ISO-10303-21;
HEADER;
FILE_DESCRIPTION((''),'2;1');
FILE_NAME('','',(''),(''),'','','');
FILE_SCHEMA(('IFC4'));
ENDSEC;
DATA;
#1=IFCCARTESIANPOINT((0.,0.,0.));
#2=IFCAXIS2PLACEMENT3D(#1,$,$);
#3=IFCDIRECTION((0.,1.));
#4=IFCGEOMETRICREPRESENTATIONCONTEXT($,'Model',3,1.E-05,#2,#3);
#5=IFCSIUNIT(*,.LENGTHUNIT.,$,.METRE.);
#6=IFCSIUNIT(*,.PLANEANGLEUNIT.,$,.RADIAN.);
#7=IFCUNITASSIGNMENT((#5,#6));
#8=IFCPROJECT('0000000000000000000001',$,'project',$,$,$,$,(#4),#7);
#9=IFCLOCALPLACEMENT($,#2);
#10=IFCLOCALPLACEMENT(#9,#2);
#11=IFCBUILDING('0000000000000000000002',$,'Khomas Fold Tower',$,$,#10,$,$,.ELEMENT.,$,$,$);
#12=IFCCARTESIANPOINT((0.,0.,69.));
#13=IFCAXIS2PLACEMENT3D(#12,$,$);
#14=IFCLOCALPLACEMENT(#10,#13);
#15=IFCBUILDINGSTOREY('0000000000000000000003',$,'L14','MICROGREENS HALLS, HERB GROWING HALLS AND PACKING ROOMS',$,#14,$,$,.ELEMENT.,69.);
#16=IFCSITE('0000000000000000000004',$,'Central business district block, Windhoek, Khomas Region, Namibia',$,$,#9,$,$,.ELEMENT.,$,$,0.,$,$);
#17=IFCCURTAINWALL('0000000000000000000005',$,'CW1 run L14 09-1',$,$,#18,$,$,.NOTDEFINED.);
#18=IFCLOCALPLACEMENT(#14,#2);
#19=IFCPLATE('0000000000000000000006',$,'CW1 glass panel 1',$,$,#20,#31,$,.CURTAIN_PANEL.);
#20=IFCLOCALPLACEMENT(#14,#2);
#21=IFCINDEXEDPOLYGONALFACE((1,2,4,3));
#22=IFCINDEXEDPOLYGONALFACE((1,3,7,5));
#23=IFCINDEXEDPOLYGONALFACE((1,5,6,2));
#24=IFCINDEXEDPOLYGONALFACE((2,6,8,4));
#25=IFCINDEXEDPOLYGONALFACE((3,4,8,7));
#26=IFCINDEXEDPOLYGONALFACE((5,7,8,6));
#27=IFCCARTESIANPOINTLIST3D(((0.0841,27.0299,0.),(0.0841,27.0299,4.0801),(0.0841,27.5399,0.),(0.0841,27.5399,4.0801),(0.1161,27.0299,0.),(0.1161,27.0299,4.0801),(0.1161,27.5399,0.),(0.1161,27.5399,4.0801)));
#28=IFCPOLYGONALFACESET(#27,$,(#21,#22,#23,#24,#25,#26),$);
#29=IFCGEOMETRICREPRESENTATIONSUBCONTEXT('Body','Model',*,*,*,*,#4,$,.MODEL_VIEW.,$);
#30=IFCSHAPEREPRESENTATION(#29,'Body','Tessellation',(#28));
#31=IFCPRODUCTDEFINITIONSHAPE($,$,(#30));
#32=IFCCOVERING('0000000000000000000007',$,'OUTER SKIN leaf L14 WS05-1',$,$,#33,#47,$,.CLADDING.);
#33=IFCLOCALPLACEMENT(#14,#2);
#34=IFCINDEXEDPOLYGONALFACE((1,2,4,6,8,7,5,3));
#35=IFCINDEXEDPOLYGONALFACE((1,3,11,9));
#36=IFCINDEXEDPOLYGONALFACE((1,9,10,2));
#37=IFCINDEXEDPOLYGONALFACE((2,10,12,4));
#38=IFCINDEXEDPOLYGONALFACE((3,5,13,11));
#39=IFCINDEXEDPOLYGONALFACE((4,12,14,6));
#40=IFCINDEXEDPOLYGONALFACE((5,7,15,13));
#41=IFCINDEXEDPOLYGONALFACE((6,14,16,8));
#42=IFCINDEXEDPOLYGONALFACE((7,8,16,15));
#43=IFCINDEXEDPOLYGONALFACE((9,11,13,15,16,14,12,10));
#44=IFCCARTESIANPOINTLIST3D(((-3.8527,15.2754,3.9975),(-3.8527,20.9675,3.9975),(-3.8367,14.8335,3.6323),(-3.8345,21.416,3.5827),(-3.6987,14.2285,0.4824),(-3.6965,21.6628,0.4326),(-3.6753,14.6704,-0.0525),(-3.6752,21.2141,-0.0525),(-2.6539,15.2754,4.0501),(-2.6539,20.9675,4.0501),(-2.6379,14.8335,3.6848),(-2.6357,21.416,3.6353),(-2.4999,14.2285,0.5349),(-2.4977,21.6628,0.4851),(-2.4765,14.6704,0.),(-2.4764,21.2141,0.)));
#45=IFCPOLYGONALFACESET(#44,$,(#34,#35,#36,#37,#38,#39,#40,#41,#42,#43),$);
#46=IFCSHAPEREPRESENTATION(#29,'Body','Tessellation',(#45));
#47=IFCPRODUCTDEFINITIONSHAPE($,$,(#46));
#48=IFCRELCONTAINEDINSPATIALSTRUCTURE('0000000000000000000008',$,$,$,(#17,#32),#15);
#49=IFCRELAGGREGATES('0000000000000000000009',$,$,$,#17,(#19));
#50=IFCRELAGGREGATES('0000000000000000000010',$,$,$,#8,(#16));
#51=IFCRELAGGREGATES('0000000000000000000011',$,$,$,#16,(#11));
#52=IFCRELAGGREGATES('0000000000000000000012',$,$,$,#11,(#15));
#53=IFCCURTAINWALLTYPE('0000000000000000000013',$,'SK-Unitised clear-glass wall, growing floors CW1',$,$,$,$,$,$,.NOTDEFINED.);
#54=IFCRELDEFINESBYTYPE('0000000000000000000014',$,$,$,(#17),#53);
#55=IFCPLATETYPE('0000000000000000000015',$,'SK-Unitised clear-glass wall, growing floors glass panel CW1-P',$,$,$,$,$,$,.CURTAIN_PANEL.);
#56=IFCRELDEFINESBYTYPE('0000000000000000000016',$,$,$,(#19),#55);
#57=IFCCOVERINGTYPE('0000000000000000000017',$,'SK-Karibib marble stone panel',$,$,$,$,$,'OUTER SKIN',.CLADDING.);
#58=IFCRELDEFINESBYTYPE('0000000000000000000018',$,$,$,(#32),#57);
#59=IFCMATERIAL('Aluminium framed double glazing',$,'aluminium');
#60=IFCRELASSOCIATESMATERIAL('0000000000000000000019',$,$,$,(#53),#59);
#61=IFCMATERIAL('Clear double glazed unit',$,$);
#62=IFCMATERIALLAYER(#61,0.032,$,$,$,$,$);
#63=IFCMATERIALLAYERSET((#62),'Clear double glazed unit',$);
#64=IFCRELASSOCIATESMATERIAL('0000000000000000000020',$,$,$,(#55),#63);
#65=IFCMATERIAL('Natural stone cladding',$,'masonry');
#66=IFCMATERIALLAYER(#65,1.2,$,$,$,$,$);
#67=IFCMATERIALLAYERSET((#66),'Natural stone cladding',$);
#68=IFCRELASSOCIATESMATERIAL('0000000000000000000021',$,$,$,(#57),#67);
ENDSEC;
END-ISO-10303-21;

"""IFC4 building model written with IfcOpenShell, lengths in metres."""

from ifc_helpers import new_model, si_unit, direction, frame, origin, origin_2d, place, context, subcontext, project, spatial, polyline, rectangle, outline, extrude, source, transform, mapped, material, layer, layer_set, type_object, element, aggregate, save


model = new_model("IFC4")

# Units and contexts
model_context = context("Model", 3, precision=1e-05, world=origin(), true_north=direction((0.0, 1.0)))
body_context = subcontext(model_context, "Body", "Model", "MODEL_VIEW")
ifc_project = project(units=[si_unit("LENGTHUNIT", "METRE"), si_unit("PLANEANGLEUNIT", "RADIAN")], contexts=[model_context])

# Site, building, storey
site_placement = place(None, origin())
site = spatial("IfcSite", under=ifc_project, at=site_placement, Name="Central business district block, Windhoek, Khomas Region, Namibia", CompositionType="ELEMENT", RefElevation=0.0)
building_placement = place(site_placement, origin())
building = spatial("IfcBuilding", under=site, at=building_placement, Name="Khomas Fold Tower", CompositionType="ELEMENT")
storey_placement = place(building_placement, frame((0.0, 0.0, 69.0)))
storey = spatial("IfcBuildingStorey", under=building, at=storey_placement, Name="L14", Description="MICROGREENS HALLS, HERB GROWING HALLS AND PACKING ROOMS", CompositionType="ELEMENT", Elevation=69.0)

# Curtain wall, plate
ifc_material_1 = material(Name="Aluminium framed double glazing", Category="aluminium")
curtain_wall_type = type_object("IfcCurtainWallType", Name="SK-Unitised clear-glass wall, growing floors CW1", PredefinedType="NOTDEFINED", material=ifc_material_1)
curtain_wall_placement = place(storey_placement, origin())
curtain_wall = element("IfcCurtainWall", 1, at=curtain_wall_placement, inside=storey, type_object=curtain_wall_type, Name="CW1 run L14 09-1", PredefinedType="NOTDEFINED")
ifc_material_2 = material(Name="Clear double glazed unit")
ifc_layer_1 = layer(ifc_material_2, 0.032)
ifc_layer_set_1 = layer_set([ifc_layer_1], Name="Clear double glazed unit")
plate_type = type_object("IfcPlateType", Name="SK-Unitised clear-glass wall, growing floors glass panel CW1-P", PredefinedType="CURTAIN_PANEL", material=ifc_layer_set_1)
shared_shape_1 = source(origin(), body_context, "Body", "SweptSolid", [
    extrude(rectangle(XDim=0.51, YDim=0.032, at=origin_2d()), origin(), (0.0, 0.0, 1.0), 4.0801),
])
plate_1_placement = place(storey_placement, frame((0.1001, 27.2849, 0.0), z_axis=(0.0, 0.0, 1.0), x_axis=(0.0, -1.0, 0.0)))
plate_1 = element("IfcPlate", 2, at=plate_1_placement, type_object=plate_type, Name="CW1 glass panel 1", PredefinedType="CURTAIN_PANEL", context=body_context, shape_type="MappedRepresentation", body=[
    mapped(shared_shape_1, transform((0.0, 0.0, 0.0))),
])
aggregate(curtain_wall, [plate_1])

# Covering
ifc_material_3 = material(Name="Natural stone cladding", Category="masonry")
ifc_layer_2 = layer(ifc_material_3, 1.2)
ifc_layer_set_2 = layer_set([ifc_layer_2], Name="Natural stone cladding")
covering_type = type_object("IfcCoveringType", Name="SK-Karibib marble stone panel", ElementType="OUTER SKIN", PredefinedType="CLADDING", material=ifc_layer_set_2)
covering_placement = place(storey_placement, frame((-2.6357, 21.416, 3.6353), z_axis=(0.999041, -0.000003, 0.043779), x_axis=(0.043645, 0.07804, -0.995994)))
element("IfcCovering", 3, at=covering_placement, inside=storey, type_object=covering_type, Name="OUTER SKIN leaf L14 WS05-1", PredefinedType="CLADDING", context=body_context, shape_type="SweptSolid", body=[
    extrude(outline(polyline([(0.0, 0.0), (3.1628, 0.0), (3.6119, -0.4853), (3.1012, -7.009), (2.5329, -7.4078), (-0.5632, -6.5586), (-0.8931, -6.0895), (-0.4489, -0.4147), (0.0, 0.0)])), origin(), (0.0, 0.0, -1.0), 1.2),
])

save(model, "model.ifc")
